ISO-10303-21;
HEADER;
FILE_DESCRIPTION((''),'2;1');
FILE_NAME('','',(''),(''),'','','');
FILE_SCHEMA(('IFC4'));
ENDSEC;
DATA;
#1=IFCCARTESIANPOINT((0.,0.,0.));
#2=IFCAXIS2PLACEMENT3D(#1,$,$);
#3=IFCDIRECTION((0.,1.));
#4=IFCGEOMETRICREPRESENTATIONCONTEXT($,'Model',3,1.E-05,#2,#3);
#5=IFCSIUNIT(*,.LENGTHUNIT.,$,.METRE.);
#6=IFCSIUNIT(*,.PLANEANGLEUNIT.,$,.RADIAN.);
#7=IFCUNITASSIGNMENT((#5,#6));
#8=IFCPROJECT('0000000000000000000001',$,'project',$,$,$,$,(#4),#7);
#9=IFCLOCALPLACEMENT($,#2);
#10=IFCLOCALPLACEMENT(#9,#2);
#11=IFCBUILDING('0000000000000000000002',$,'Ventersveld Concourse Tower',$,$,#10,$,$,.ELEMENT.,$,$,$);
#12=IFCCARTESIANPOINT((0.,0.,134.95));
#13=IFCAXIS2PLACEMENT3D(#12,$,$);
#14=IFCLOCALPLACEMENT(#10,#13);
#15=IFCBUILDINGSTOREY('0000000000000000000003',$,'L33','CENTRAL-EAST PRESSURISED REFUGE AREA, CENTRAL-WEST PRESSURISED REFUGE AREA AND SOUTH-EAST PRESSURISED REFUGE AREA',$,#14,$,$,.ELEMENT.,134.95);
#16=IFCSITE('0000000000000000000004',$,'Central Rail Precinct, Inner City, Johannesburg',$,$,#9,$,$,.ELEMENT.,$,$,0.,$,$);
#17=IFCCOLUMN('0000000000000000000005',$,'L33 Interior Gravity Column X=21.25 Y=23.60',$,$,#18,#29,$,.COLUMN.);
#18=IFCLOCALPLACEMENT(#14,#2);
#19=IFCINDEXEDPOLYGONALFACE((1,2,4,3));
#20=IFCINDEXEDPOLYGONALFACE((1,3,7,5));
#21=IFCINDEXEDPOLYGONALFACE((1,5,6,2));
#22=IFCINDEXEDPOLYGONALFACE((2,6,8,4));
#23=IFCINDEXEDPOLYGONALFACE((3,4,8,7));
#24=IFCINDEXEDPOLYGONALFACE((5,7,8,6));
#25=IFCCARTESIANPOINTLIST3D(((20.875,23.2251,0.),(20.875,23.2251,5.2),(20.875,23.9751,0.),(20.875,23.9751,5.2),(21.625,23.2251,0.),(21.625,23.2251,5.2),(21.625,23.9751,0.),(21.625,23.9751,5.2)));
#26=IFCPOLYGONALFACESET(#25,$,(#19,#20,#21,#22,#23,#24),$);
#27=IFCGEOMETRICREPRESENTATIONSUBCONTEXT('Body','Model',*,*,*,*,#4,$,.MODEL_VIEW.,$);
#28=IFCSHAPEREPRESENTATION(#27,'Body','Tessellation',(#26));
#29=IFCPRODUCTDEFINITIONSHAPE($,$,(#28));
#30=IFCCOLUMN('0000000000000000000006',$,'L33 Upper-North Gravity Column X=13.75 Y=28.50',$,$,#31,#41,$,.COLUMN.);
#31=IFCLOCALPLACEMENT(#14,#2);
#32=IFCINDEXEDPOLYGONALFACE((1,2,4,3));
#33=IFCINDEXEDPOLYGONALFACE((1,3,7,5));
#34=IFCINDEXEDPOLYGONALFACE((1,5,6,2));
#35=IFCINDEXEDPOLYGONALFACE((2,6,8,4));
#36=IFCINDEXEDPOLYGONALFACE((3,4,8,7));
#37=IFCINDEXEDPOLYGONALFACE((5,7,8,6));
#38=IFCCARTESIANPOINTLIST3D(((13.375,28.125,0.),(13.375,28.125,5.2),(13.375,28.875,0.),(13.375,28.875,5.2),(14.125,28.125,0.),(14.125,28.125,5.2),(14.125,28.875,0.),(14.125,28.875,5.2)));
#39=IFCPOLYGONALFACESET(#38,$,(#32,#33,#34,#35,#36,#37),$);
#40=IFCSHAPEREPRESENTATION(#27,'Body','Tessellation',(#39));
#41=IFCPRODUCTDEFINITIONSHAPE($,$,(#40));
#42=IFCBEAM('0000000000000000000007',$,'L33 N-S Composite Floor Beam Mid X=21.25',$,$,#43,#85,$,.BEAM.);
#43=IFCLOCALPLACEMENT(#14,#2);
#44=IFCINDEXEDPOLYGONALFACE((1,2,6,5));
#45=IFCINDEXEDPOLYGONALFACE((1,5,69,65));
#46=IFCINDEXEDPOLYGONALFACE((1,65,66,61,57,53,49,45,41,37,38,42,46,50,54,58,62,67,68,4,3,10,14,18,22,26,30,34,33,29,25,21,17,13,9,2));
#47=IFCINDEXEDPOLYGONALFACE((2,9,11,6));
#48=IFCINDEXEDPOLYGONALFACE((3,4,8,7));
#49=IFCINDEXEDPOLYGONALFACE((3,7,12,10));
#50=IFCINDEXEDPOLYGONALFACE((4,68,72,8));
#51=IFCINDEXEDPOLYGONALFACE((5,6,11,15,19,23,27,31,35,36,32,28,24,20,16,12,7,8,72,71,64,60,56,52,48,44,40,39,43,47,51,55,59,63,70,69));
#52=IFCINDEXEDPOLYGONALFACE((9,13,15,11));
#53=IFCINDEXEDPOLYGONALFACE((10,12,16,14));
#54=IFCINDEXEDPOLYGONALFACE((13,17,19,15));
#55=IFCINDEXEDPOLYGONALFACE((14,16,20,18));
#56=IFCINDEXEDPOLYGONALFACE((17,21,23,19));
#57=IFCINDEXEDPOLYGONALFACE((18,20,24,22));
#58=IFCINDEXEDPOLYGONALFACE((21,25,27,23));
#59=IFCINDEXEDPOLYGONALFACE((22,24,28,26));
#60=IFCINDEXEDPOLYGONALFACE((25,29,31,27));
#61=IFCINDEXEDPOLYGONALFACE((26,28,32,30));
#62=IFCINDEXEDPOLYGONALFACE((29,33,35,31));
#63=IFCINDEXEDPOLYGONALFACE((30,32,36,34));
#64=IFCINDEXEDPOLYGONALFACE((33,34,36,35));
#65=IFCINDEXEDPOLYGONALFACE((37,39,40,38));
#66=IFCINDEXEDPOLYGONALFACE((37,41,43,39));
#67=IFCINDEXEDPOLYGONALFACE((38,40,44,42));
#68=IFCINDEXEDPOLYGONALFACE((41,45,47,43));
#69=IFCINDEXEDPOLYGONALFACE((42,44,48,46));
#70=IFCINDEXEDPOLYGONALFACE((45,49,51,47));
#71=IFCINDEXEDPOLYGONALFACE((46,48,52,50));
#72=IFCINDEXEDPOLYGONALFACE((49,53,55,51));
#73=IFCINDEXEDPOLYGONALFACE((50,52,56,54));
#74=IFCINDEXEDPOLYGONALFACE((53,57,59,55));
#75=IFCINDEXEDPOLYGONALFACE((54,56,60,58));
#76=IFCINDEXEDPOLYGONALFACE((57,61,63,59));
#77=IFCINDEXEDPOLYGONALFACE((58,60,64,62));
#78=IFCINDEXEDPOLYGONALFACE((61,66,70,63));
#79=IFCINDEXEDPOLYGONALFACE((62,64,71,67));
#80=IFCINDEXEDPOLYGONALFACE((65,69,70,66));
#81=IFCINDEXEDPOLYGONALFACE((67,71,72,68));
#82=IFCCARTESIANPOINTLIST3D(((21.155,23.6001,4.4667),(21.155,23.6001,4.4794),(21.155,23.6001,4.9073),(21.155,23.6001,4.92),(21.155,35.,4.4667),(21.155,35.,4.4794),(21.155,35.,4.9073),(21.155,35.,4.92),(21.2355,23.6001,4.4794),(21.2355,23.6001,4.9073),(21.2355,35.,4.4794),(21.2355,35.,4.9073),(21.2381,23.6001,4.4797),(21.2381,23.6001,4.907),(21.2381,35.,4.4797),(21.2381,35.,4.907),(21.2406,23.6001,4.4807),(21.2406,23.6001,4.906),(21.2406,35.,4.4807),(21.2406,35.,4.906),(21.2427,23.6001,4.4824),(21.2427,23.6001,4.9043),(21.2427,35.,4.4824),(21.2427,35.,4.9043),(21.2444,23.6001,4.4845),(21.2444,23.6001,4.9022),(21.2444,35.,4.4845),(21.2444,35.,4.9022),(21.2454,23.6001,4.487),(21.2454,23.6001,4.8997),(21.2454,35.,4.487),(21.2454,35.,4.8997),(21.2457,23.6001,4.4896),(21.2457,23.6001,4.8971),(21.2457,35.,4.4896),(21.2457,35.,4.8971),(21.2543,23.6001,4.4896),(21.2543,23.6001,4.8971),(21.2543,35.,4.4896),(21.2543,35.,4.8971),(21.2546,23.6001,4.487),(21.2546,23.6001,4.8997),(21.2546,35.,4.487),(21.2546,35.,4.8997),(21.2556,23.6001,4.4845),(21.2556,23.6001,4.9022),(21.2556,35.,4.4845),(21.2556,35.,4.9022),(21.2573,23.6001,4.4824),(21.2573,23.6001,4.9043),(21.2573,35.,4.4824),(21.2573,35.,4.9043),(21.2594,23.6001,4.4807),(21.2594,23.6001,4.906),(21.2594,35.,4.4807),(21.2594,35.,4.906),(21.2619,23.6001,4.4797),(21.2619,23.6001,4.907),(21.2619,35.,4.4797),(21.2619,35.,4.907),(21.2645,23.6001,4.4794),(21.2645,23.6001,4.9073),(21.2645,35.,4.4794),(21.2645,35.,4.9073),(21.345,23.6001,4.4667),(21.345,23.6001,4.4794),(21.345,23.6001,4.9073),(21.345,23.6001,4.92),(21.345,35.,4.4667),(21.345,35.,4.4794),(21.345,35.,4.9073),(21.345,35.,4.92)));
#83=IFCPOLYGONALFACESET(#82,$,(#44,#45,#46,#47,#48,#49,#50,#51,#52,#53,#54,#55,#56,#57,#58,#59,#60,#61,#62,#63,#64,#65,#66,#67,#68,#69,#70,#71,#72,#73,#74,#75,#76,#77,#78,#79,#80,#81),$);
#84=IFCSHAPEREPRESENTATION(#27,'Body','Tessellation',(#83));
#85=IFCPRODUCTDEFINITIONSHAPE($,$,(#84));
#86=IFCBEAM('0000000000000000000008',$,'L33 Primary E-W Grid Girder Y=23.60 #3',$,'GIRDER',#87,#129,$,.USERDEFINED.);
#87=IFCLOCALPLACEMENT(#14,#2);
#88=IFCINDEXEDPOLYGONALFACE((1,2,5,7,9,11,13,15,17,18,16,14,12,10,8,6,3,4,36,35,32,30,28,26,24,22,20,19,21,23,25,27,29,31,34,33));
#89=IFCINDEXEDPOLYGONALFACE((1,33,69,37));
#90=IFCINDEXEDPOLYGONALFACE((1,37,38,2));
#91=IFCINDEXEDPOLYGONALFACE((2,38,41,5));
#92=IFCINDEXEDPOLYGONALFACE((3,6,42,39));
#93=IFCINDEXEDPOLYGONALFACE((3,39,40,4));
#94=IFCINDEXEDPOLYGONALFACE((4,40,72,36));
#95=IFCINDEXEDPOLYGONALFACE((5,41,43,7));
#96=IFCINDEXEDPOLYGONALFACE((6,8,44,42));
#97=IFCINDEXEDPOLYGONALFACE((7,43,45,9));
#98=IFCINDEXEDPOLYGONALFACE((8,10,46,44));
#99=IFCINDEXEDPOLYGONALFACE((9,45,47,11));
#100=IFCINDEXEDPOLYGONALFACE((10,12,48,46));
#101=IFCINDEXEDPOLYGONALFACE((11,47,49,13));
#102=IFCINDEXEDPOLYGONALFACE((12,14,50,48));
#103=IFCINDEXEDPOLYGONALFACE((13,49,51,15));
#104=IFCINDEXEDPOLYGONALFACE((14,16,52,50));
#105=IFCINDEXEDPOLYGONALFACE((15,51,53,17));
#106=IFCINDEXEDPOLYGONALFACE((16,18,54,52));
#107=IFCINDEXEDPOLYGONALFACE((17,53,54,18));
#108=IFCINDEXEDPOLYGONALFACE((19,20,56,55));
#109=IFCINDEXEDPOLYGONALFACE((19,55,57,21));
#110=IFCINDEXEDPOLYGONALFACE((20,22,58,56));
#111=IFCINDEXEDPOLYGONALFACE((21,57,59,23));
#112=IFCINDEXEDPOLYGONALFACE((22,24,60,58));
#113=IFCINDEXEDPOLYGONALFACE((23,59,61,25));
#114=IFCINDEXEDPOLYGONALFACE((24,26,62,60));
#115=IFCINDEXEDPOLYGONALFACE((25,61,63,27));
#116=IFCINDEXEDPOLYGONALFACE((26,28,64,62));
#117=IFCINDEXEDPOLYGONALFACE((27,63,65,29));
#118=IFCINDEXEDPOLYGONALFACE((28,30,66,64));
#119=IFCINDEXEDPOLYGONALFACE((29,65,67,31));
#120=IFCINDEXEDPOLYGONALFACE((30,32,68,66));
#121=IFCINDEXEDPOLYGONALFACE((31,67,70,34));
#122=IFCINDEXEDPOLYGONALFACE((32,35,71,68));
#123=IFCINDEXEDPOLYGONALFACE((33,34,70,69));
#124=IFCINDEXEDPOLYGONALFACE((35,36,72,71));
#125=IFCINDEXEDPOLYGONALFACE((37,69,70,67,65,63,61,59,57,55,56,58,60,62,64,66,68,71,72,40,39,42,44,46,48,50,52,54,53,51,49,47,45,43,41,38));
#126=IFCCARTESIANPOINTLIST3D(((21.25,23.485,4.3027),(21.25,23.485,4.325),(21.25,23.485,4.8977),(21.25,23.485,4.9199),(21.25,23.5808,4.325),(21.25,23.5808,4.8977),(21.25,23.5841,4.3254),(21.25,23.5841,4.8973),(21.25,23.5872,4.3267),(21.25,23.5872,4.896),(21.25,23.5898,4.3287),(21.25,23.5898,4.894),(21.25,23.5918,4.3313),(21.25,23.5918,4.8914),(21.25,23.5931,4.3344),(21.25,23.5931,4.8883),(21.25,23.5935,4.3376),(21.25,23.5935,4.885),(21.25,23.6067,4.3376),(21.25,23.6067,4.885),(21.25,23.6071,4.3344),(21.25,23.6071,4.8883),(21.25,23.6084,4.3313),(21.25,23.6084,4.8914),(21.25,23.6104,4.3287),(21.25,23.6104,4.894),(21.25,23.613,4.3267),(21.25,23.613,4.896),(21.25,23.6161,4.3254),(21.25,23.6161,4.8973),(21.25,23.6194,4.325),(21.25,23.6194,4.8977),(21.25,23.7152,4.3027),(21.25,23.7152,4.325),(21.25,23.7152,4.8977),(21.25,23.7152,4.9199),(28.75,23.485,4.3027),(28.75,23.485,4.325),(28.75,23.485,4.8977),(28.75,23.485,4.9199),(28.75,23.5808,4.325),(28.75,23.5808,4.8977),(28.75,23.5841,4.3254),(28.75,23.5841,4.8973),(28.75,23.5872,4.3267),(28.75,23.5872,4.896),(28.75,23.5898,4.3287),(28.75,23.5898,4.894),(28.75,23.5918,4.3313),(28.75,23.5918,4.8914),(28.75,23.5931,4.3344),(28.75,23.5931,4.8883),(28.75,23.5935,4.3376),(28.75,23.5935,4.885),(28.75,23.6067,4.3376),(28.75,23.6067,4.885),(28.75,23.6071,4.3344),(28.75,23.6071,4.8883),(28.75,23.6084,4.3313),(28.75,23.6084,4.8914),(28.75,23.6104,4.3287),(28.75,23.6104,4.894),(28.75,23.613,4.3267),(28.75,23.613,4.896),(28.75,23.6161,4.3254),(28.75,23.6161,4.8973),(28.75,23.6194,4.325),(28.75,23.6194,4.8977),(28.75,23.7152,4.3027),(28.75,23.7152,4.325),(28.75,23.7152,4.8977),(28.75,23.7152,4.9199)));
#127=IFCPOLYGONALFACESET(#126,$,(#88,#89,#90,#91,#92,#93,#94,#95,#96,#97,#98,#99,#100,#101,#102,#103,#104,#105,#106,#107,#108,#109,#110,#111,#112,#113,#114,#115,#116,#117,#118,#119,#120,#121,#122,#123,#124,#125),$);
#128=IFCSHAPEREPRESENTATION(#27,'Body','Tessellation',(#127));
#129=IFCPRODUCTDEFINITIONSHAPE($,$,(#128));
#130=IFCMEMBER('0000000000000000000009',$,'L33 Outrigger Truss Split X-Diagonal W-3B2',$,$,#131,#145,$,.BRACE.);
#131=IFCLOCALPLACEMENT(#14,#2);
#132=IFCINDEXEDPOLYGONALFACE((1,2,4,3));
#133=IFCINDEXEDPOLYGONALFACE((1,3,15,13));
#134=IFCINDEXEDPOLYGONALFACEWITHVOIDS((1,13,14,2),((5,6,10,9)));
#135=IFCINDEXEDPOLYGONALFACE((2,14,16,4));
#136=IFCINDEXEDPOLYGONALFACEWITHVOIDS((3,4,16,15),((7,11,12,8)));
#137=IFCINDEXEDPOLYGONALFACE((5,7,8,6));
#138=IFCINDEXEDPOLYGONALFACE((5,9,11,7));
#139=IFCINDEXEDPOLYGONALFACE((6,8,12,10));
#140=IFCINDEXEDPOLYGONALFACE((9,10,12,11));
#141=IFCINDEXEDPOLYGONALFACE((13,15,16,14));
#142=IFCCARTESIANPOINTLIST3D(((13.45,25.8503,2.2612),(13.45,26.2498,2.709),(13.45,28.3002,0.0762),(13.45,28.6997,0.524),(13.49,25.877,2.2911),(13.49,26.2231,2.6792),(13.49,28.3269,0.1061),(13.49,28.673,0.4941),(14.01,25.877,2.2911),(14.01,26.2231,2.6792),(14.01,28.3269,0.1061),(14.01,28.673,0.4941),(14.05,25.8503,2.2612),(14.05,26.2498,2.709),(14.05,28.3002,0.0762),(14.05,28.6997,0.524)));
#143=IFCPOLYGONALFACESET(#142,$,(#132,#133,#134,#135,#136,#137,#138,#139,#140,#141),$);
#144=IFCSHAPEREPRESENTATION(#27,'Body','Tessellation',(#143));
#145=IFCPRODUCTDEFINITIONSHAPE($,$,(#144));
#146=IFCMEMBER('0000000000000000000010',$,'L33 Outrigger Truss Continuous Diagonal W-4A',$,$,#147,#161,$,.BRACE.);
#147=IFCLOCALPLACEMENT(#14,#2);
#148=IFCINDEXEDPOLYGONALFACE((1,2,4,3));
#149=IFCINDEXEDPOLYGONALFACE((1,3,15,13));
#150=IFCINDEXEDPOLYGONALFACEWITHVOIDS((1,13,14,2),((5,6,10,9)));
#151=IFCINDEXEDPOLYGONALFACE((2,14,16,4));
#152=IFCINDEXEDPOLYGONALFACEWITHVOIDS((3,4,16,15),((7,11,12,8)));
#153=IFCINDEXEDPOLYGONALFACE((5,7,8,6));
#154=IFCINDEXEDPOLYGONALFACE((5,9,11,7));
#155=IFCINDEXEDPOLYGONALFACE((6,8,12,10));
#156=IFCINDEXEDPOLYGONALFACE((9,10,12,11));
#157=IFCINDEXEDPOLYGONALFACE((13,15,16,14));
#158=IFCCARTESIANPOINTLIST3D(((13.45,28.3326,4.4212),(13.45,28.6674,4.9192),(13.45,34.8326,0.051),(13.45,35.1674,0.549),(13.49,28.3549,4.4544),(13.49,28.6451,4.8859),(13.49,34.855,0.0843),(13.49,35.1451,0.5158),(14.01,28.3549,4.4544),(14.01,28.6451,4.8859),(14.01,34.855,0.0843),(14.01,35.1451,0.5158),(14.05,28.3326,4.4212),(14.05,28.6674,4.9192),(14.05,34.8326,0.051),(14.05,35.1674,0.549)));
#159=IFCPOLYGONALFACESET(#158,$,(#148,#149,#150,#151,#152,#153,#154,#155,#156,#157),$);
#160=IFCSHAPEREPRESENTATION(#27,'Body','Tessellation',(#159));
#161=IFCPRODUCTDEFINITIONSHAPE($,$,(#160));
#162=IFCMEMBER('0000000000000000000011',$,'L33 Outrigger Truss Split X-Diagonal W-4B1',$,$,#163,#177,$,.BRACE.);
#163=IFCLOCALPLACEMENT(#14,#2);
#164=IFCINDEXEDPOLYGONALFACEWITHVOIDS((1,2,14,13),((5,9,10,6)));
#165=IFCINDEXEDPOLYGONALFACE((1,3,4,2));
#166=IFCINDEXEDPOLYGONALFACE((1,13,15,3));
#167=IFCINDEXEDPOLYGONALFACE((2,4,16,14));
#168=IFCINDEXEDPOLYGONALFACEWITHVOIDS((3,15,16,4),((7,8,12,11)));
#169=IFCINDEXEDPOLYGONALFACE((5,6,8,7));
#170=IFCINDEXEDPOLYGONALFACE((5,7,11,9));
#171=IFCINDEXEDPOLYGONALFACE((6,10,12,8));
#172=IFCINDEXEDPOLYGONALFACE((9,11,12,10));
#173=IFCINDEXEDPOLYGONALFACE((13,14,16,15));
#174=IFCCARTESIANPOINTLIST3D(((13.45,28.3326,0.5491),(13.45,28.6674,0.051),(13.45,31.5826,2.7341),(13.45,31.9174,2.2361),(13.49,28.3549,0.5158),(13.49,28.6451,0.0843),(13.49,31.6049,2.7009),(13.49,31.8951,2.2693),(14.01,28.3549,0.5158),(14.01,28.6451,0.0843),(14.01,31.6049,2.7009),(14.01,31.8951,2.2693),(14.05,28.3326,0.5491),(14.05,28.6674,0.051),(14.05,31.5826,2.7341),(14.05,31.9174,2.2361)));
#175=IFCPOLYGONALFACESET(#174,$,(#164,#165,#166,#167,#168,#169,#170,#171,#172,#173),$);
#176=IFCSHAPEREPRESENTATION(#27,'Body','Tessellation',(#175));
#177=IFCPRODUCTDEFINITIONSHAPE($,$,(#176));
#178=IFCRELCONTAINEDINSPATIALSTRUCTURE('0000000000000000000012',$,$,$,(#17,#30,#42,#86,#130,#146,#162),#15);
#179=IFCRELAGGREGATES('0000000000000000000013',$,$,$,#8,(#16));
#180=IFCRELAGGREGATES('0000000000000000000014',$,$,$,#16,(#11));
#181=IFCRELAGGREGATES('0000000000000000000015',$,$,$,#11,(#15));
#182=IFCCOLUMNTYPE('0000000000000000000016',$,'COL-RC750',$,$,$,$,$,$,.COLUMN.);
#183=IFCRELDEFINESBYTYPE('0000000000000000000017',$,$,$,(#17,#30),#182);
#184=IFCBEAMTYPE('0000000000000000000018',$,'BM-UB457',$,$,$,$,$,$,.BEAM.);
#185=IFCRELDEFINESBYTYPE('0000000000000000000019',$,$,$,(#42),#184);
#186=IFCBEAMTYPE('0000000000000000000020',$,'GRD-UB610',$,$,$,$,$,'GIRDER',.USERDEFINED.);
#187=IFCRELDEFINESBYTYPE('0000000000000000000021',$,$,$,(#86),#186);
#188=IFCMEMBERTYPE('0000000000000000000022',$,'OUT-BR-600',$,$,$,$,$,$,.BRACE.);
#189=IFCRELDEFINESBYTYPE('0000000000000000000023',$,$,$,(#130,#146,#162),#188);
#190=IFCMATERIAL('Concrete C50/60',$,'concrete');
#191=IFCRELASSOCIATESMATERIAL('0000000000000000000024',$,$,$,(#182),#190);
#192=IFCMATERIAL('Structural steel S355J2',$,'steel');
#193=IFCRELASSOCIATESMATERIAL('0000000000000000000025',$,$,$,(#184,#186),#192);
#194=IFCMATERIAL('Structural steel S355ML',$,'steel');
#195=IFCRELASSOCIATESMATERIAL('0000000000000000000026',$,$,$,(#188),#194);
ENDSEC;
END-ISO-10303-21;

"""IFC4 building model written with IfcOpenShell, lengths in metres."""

from ifc_helpers import new_model, si_unit, direction, frame, origin, origin_2d, place, context, subcontext, project, spatial, rectangle, hollow_rectangle, i_section, extrude, material, material_profile, profile_set, type_object, element, save


model = new_model("IFC4")

# Units and contexts
model_context = context("Model", 3, precision=1e-05, world=origin(), true_north=direction((0.0, 1.0)))
body_context = subcontext(model_context, "Body", "Model", "MODEL_VIEW")
ifc_project = project(units=[si_unit("LENGTHUNIT", "METRE"), si_unit("PLANEANGLEUNIT", "RADIAN")], contexts=[model_context])

# Site, building, storey
site_placement = place(None, origin())
site = spatial("IfcSite", under=ifc_project, at=site_placement, Name="Central Rail Precinct, Inner City, Johannesburg", CompositionType="ELEMENT", RefElevation=0.0)
building_placement = place(site_placement, origin())
building = spatial("IfcBuilding", under=site, at=building_placement, Name="Ventersveld Concourse Tower", CompositionType="ELEMENT")
storey_placement = place(building_placement, frame((0.0, 0.0, 134.95)))
storey = spatial("IfcBuildingStorey", under=building, at=storey_placement, Name="L33", Description="CENTRAL-EAST PRESSURISED REFUGE AREA, CENTRAL-WEST PRESSURISED REFUGE AREA AND SOUTH-EAST PRESSURISED REFUGE AREA", CompositionType="ELEMENT", Elevation=134.95)

# Columns
ifc_material_1 = material(Name="Concrete C50/60", Category="concrete")
ifc_material_profile_1 = material_profile(ifc_material_1, rectangle(XDim=0.75, YDim=0.75, at=origin_2d()), Name="RC 750x750")
ifc_profile_set_1 = profile_set([ifc_material_profile_1], Name="Concrete C50/60")
column_type = type_object("IfcColumnType", Name="COL-RC750", PredefinedType="COLUMN", material=ifc_profile_set_1)
for number, where, z_axis, x_axis, name in (
    (1, (21.25, 23.6001, 0.0), (0.0, 0.0, 1.0), (1.0, 0.0, 0.0), "L33 Interior Gravity Column X=21.25 Y=23.60"),
    (2, (13.75, 28.5, 0.0), (0.0, 0.0, 1.0), (1.0, 0.0, 0.0), "L33 Upper-North Gravity Column X=13.75 Y=28.50"),
):
    element("IfcColumn", number, at=place(storey_placement, frame(where, z_axis=z_axis, x_axis=x_axis)), inside=storey, type_object=column_type, Name=name, PredefinedType="COLUMN", context=body_context, shape_type="SweptSolid", body=[
        extrude(rectangle(XDim=0.75, YDim=0.75, at=origin_2d()), origin(), (0.0, 0.0, 1.0), 5.2),
    ])

# Beams
ifc_material_2 = material(Name="Structural steel S355J2", Category="steel")
ifc_material_profile_2 = material_profile(ifc_material_2, i_section(OverallWidth=0.1899, OverallDepth=0.4534, WebThickness=0.0085, FlangeThickness=0.0127, FilletRadius=0.0103, at=origin_2d()), Name="UB 457x191x67")
ifc_profile_set_2 = profile_set([ifc_material_profile_2], Name="Structural steel S355J2")
beam_type_1 = type_object("IfcBeamType", Name="BM-UB457", PredefinedType="BEAM", material=ifc_profile_set_2)
beam_1_placement = place(storey_placement, frame((21.25, 23.6001, 4.6934), z_axis=(0.0, 1.0, 0.0), x_axis=(-1.0, 0.0, 0.0)))
element("IfcBeam", 3, at=beam_1_placement, inside=storey, type_object=beam_type_1, Name="L33 N-S Composite Floor Beam Mid X=21.25", PredefinedType="BEAM", context=body_context, shape_type="SweptSolid", body=[
    extrude(i_section(OverallWidth=0.1899, OverallDepth=0.4534, WebThickness=0.0085, FlangeThickness=0.0127, FilletRadius=0.0103, at=origin_2d()), origin(), (0.0, 0.0, 1.0), 11.3999),
])
ifc_material_profile_3 = material_profile(ifc_material_2, i_section(OverallWidth=0.2302, OverallDepth=0.6172, WebThickness=0.0132, FlangeThickness=0.0222, FilletRadius=0.0127, at=origin_2d()), Name="UB 610x229x140")
ifc_profile_set_3 = profile_set([ifc_material_profile_3], Name="Structural steel S355J2")
beam_type_2 = type_object("IfcBeamType", Name="GRD-UB610", ElementType="GIRDER", PredefinedType="USERDEFINED", material=ifc_profile_set_3)
beam_2_placement = place(storey_placement, frame((21.25, 23.6001, 4.6113), z_axis=(1.0, 0.0, 0.0), x_axis=(0.0, 1.0, 0.0)))
element("IfcBeam", 4, at=beam_2_placement, inside=storey, type_object=beam_type_2, Name="L33 Primary E-W Grid Girder Y=23.60 #3", ObjectType="GIRDER", PredefinedType="USERDEFINED", context=body_context, shape_type="SweptSolid", body=[
    extrude(i_section(OverallWidth=0.2302, OverallDepth=0.6172, WebThickness=0.0132, FlangeThickness=0.0222, FilletRadius=0.0127, at=origin_2d()), origin(), (0.0, 0.0, 1.0), 7.5),
])

# Members
ifc_material_3 = material(Name="Structural steel S355ML", Category="steel")
ifc_material_profile_4 = material_profile(ifc_material_3, hollow_rectangle(XDim=0.6001, YDim=0.6001, WallThickness=0.04, at=origin_2d()), Name="BOX 600x600x40")
ifc_profile_set_4 = profile_set([ifc_material_profile_4], Name="Structural steel S355ML")
member_type_1 = type_object("IfcMemberType", Name="OUT-BR-600", PredefinedType="BRACE", material=ifc_profile_set_4)
member_1_placement = place(storey_placement, frame((13.75, 26.05, 2.4851), z_axis=(0.0, 0.7463, -0.665609), x_axis=(-1.0, 0.0, 0.0)))
element("IfcMember", 5, at=member_1_placement, inside=storey, type_object=member_type_1, Name="L33 Outrigger Truss Split X-Diagonal W-3B2", PredefinedType="BRACE", context=body_context, shape_type="SweptSolid", body=[
    extrude(hollow_rectangle(XDim=0.6001, YDim=0.6001, WallThickness=0.04, at=origin_2d()), origin(), (0.0, 0.0, 1.0), 3.2827),
])
member_2_placement = place(storey_placement, frame((13.75, 28.5, 4.6702), z_axis=(0.0, 0.829876, -0.557947), x_axis=(-1.0, 0.0, 0.0)))
element("IfcMember", 6, at=member_2_placement, inside=storey, type_object=member_type_1, Name="L33 Outrigger Truss Continuous Diagonal W-4A", PredefinedType="BRACE", context=body_context, shape_type="SweptSolid", body=[
    extrude(hollow_rectangle(XDim=0.6001, YDim=0.6001, WallThickness=0.04, at=origin_2d()), origin(), (0.0, 0.0, 1.0), 7.8325),
])
member_3_placement = place(storey_placement, frame((13.75, 28.5, 0.3), z_axis=(0.0, 0.829876, 0.557947), x_axis=(-1.0, 0.0, 0.0)))
element("IfcMember", 7, at=member_3_placement, inside=storey, type_object=member_type_1, Name="L33 Outrigger Truss Split X-Diagonal W-4B1", PredefinedType="BRACE", context=body_context, shape_type="SweptSolid", body=[
    extrude(hollow_rectangle(XDim=0.6001, YDim=0.6001, WallThickness=0.04, at=origin_2d()), origin(), (0.0, 0.0, 1.0), 3.9163),
])

save(model, "model.ifc")
